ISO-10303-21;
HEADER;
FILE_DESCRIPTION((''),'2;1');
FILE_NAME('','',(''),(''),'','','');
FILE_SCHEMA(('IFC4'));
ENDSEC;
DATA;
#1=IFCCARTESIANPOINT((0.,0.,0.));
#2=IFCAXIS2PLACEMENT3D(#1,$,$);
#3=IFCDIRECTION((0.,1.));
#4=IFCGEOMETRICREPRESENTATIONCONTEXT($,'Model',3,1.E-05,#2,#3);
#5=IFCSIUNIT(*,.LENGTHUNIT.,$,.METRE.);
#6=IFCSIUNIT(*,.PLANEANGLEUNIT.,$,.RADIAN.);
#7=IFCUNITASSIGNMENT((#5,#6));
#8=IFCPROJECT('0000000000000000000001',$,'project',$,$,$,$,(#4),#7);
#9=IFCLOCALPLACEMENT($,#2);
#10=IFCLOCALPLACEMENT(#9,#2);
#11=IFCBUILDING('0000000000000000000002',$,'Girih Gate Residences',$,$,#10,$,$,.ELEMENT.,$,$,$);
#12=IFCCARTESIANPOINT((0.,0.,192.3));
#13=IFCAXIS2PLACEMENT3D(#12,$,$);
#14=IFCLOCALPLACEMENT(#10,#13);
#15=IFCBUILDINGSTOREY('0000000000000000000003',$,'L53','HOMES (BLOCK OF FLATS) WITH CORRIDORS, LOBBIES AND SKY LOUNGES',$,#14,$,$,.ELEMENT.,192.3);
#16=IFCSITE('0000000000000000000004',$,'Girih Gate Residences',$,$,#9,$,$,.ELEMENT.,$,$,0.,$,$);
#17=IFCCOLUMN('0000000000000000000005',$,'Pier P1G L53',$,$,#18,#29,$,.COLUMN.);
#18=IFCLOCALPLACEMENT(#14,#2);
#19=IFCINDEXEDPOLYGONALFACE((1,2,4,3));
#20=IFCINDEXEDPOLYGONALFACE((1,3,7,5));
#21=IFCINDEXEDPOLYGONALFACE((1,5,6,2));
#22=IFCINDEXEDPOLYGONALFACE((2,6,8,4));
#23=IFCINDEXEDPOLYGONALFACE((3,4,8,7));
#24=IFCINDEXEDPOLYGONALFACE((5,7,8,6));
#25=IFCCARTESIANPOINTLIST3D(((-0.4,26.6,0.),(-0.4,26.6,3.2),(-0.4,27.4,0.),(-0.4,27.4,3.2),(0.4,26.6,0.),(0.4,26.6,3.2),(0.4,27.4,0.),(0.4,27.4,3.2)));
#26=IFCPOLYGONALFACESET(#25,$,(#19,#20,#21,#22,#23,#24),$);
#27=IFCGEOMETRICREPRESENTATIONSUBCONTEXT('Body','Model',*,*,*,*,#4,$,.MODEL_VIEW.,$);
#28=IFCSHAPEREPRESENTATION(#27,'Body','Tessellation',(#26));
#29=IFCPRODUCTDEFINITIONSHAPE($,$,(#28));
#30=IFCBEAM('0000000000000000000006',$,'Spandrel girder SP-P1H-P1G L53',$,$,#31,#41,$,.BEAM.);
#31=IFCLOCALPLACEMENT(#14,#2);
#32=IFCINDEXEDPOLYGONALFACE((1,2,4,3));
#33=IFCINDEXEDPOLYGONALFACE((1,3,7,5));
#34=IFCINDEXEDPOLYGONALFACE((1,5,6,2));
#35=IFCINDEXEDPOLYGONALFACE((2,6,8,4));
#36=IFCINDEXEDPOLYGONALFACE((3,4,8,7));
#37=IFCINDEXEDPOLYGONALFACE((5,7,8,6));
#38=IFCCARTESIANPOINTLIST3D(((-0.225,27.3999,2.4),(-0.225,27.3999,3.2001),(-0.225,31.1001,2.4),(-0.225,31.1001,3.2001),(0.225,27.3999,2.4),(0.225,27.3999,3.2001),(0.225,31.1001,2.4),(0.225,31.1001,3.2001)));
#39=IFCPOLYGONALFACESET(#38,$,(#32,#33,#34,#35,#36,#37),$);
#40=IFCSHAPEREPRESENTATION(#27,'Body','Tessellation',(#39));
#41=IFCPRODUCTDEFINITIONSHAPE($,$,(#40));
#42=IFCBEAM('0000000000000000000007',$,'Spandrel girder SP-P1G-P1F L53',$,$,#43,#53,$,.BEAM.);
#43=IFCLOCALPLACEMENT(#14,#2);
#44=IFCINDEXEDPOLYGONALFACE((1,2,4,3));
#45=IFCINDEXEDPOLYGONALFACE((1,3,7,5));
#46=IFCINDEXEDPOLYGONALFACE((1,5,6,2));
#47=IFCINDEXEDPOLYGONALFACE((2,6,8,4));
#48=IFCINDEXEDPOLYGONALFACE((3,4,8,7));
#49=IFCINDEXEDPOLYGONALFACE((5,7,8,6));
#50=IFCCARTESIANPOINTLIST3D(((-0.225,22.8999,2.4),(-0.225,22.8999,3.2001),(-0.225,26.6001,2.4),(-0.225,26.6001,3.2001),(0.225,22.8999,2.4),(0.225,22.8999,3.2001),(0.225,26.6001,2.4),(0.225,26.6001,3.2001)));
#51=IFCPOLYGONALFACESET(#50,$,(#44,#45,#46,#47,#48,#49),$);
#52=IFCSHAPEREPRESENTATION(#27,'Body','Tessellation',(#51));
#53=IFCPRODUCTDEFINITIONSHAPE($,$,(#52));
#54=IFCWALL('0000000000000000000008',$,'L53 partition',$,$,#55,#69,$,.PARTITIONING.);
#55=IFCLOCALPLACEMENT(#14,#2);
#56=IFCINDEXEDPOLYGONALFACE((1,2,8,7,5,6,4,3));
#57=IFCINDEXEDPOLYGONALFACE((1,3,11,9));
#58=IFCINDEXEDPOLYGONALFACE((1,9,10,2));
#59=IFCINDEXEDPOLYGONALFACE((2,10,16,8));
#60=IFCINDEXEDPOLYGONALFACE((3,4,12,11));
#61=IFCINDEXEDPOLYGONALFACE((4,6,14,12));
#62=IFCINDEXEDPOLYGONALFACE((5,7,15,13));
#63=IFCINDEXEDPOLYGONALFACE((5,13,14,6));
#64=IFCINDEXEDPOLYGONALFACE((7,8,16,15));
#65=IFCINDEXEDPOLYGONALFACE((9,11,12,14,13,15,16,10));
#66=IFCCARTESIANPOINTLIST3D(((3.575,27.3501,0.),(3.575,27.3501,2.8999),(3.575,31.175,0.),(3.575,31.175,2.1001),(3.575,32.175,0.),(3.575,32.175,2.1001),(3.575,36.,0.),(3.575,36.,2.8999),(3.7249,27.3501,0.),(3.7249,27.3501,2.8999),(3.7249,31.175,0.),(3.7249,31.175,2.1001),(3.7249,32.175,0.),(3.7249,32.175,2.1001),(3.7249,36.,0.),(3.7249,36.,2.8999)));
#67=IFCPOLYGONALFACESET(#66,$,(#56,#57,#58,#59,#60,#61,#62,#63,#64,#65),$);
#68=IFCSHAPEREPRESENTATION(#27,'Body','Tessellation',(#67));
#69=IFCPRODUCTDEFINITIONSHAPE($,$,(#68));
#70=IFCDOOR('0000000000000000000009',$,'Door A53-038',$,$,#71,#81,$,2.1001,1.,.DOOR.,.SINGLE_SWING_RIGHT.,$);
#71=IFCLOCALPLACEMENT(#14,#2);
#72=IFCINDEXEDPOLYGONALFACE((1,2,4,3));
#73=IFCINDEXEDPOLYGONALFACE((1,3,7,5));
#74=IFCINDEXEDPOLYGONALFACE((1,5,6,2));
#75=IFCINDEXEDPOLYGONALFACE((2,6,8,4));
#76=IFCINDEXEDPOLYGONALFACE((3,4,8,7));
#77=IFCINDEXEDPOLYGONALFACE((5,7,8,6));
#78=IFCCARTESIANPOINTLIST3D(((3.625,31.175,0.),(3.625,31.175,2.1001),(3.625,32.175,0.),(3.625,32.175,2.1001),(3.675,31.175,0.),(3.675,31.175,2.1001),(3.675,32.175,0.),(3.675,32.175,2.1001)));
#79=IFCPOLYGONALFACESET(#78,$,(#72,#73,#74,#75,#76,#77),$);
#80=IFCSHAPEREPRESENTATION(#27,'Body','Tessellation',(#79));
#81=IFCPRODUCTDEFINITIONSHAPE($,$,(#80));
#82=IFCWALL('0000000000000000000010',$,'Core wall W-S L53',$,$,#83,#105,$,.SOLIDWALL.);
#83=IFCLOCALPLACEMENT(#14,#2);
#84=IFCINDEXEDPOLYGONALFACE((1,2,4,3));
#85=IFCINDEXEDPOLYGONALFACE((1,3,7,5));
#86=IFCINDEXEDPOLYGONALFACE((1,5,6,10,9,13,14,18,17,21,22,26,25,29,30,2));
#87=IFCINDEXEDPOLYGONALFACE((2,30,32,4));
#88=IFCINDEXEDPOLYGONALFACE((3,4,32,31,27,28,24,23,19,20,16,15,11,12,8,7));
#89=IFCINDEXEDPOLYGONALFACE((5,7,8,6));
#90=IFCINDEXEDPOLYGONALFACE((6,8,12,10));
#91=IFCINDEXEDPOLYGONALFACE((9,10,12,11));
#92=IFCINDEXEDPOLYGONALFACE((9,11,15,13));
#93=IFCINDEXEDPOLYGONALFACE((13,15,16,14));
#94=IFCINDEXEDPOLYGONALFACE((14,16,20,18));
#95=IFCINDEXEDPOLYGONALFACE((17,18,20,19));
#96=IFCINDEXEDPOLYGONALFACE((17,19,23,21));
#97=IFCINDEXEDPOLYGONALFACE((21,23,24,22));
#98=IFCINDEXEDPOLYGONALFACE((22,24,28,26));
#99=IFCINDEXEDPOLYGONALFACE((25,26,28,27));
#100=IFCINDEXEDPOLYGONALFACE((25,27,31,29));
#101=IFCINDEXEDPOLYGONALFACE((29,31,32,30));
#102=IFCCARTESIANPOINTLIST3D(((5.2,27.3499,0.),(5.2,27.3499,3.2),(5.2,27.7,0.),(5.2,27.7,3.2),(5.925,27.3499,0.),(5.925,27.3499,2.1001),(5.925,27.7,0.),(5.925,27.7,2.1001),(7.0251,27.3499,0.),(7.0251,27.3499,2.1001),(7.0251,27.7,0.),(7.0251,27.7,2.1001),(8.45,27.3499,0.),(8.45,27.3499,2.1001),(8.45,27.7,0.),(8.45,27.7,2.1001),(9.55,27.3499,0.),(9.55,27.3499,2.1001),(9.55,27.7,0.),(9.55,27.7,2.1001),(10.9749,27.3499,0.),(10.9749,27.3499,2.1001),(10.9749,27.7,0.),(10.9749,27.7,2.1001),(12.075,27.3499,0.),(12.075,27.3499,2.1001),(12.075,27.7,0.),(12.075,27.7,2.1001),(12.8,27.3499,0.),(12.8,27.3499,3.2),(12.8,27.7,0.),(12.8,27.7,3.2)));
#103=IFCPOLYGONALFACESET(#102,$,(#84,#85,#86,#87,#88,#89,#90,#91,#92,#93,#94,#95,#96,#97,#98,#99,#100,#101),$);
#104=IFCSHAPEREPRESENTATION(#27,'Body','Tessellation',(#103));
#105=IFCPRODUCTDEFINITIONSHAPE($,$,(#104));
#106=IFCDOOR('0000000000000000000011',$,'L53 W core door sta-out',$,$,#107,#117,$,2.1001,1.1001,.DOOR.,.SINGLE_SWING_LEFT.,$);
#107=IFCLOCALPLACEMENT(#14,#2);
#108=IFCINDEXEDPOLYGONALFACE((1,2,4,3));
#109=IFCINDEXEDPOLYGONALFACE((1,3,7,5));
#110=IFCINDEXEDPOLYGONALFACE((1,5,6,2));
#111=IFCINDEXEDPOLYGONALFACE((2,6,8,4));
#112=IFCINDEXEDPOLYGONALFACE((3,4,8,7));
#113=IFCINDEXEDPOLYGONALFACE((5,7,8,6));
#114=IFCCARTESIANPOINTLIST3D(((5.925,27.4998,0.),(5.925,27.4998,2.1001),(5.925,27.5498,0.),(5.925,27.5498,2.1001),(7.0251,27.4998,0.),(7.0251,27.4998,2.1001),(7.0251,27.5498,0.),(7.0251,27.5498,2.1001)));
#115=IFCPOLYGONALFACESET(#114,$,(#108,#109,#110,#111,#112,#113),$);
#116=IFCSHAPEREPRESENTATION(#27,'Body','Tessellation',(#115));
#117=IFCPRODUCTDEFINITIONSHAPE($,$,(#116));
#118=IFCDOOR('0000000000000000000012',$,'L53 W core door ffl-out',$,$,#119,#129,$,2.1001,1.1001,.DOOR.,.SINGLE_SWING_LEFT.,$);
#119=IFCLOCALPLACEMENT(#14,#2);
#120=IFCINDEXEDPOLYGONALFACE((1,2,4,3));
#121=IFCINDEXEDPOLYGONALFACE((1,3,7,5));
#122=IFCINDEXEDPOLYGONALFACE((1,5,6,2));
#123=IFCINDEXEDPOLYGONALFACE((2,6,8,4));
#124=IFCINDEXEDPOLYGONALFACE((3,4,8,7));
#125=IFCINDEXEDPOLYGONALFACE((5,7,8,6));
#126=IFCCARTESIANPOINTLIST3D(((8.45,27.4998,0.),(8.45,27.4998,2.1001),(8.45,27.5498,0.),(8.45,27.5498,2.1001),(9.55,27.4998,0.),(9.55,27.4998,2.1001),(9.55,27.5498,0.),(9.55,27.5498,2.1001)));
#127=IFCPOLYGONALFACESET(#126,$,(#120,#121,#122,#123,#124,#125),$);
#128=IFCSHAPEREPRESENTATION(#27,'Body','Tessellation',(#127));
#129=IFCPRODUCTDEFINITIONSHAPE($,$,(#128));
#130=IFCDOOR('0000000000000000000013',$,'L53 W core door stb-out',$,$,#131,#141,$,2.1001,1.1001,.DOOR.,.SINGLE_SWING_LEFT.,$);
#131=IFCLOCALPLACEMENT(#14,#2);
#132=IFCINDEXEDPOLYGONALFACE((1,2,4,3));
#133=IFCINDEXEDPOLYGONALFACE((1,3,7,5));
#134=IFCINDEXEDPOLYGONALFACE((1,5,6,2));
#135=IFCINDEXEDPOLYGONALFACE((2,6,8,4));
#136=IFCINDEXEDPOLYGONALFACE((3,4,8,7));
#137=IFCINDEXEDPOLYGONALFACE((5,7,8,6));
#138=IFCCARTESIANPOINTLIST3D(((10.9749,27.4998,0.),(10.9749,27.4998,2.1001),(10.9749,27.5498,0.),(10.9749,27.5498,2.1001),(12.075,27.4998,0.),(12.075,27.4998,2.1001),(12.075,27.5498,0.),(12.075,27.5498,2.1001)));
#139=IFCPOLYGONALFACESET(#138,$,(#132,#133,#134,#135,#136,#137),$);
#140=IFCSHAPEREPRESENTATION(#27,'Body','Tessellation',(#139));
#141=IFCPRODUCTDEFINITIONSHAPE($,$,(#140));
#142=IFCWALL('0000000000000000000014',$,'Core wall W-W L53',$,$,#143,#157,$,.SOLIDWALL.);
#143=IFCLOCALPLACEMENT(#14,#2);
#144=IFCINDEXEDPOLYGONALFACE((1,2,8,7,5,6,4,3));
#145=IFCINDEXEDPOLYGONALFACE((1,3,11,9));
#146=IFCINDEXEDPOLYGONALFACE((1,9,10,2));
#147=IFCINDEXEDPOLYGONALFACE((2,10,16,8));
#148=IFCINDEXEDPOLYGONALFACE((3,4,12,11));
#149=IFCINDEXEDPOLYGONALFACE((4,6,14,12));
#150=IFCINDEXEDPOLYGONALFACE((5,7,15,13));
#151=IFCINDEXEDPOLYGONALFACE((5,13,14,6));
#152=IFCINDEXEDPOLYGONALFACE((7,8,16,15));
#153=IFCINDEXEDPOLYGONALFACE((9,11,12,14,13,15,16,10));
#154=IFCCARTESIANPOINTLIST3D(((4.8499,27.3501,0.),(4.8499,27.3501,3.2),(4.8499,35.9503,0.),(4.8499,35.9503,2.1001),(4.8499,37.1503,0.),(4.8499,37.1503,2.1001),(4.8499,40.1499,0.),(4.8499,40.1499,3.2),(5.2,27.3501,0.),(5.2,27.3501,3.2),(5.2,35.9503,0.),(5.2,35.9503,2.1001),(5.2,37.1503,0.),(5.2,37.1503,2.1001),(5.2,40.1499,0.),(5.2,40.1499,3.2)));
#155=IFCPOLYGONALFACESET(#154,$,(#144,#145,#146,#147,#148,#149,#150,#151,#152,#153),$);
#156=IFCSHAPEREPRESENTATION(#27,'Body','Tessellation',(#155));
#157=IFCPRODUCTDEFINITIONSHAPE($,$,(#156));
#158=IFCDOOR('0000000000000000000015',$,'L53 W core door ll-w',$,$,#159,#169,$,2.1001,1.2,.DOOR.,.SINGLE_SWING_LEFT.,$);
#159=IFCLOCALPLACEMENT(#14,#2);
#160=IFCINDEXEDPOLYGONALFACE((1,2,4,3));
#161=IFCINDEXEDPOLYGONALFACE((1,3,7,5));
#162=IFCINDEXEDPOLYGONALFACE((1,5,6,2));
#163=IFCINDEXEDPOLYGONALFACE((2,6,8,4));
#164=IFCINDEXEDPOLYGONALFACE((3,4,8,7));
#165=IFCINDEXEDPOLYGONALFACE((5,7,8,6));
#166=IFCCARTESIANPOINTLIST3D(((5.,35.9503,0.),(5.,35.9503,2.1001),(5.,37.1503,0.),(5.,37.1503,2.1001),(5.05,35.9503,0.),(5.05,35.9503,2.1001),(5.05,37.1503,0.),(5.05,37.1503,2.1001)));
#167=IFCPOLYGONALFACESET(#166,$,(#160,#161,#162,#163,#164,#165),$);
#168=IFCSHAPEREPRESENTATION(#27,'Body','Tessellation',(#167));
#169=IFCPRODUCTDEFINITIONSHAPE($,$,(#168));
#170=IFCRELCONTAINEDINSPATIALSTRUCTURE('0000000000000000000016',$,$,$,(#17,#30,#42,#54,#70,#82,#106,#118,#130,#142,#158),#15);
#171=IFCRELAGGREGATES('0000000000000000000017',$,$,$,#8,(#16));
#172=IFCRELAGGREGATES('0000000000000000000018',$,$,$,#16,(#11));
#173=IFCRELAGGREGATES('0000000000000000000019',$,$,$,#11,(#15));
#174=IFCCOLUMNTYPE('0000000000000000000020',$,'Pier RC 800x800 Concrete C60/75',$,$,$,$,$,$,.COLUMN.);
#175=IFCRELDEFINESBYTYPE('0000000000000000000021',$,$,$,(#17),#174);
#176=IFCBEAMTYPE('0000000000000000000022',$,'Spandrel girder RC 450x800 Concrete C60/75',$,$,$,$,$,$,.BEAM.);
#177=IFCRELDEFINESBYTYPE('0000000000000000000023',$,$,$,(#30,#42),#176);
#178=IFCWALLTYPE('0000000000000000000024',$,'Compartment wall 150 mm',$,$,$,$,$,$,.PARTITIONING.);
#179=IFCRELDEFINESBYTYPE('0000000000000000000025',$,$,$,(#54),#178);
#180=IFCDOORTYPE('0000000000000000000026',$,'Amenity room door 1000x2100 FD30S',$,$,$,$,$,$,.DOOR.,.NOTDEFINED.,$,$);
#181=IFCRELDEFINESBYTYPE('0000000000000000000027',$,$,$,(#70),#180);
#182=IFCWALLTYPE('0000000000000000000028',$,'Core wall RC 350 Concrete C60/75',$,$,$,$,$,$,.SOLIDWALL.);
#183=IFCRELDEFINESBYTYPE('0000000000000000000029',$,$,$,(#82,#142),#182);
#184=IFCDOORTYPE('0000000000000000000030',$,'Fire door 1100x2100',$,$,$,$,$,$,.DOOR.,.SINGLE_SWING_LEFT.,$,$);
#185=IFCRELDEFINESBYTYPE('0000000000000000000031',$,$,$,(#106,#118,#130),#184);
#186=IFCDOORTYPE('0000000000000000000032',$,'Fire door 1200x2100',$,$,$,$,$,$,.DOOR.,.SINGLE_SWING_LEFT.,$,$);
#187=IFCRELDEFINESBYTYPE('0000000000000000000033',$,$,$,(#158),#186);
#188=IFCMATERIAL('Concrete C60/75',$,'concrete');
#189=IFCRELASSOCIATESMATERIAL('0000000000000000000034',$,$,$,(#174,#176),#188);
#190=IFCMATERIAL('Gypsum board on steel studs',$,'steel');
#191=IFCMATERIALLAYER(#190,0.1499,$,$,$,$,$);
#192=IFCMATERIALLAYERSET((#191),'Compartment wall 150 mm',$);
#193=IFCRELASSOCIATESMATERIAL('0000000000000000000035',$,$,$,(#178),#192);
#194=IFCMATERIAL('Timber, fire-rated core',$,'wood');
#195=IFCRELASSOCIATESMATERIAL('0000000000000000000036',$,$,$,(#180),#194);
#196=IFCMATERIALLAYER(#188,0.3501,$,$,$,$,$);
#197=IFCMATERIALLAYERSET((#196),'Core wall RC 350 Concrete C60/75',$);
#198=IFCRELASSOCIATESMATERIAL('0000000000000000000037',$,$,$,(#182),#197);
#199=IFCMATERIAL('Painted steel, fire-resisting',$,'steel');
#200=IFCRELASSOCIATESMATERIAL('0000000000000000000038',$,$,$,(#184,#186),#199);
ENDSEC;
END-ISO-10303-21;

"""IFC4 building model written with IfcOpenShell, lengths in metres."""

from ifc_helpers import new_model, si_unit, direction, frame, frame_2d, origin, origin_2d, place, context, subcontext, project, spatial, rectangle, extrude, material, layer, layer_set, material_profile, profile_set, type_object, element, fill, save


model = new_model("IFC4")

# Units and contexts
model_context = context("Model", 3, precision=1e-05, world=origin(), true_north=direction((0.0, 1.0)))
body_context = subcontext(model_context, "Body", "Model", "MODEL_VIEW")
ifc_project = project(units=[si_unit("LENGTHUNIT", "METRE"), si_unit("PLANEANGLEUNIT", "RADIAN")], contexts=[model_context])

# Site, building, storey
site_placement = place(None, origin())
site = spatial("IfcSite", under=ifc_project, at=site_placement, Name="Girih Gate Residences", CompositionType="ELEMENT", RefElevation=0.0)
building_placement = place(site_placement, origin())
building = spatial("IfcBuilding", under=site, at=building_placement, Name="Girih Gate Residences", CompositionType="ELEMENT")
storey_placement = place(building_placement, frame((0.0, 0.0, 192.3)))
storey = spatial("IfcBuildingStorey", under=building, at=storey_placement, Name="L53", Description="HOMES (BLOCK OF FLATS) WITH CORRIDORS, LOBBIES AND SKY LOUNGES", CompositionType="ELEMENT", Elevation=192.3)

# Column
ifc_material_1 = material(Name="Concrete C60/75", Category="concrete")
ifc_material_profile_1 = material_profile(ifc_material_1, rectangle(XDim=0.8, YDim=0.8, at=origin_2d()))
ifc_profile_set_1 = profile_set([ifc_material_profile_1], Name="Concrete C60/75")
column_type = type_object("IfcColumnType", Name="Pier RC 800x800 Concrete C60/75", PredefinedType="COLUMN", material=ifc_profile_set_1)
column_placement = place(storey_placement, frame((0.0, 27.0, 0.0), z_axis=(0.0, 0.0, 1.0), x_axis=(1.0, 0.0, 0.0)))
element("IfcColumn", 1, at=column_placement, inside=storey, type_object=column_type, Name="Pier P1G L53", PredefinedType="COLUMN", context=body_context, shape_type="SweptSolid", body=[
    extrude(rectangle(XDim=0.8, YDim=0.8, at=origin_2d()), origin(), (0.0, 0.0, 1.0), 3.2),
])

# Beams
ifc_material_profile_2 = material_profile(ifc_material_1, rectangle(XDim=0.45, YDim=0.8, at=origin_2d()))
ifc_profile_set_2 = profile_set([ifc_material_profile_2], Name="Concrete C60/75")
beam_type = type_object("IfcBeamType", Name="Spandrel girder RC 450x800 Concrete C60/75", PredefinedType="BEAM", material=ifc_profile_set_2)
for number, where, z_axis, x_axis, name in (
    (2, (0.0, 31.1001, 2.8), (0.0, -1.0, 0.0), (1.0, 0.0, 0.0), "Spandrel girder SP-P1H-P1G L53"),
    (3, (0.0, 26.6001, 2.8), (0.0, -1.0, 0.0), (1.0, 0.0, 0.0), "Spandrel girder SP-P1G-P1F L53"),
):
    element("IfcBeam", number, at=place(storey_placement, frame(where, z_axis=z_axis, x_axis=x_axis)), inside=storey, type_object=beam_type, Name=name, PredefinedType="BEAM", context=body_context, shape_type="SweptSolid", body=[
        extrude(rectangle(XDim=0.45, YDim=0.8, at=origin_2d()), origin(), (0.0, 0.0, 1.0), 3.7002),
    ])

# Wall, opening, door
ifc_material_2 = material(Name="Gypsum board on steel studs", Category="steel")
ifc_layer_1 = layer(ifc_material_2, 0.1499)
ifc_layer_set_1 = layer_set([ifc_layer_1], Name="Compartment wall 150 mm")
wall_type_1 = type_object("IfcWallType", Name="Compartment wall 150 mm", PredefinedType="PARTITIONING", material=ifc_layer_set_1)
wall_1_placement = place(storey_placement, frame((3.6499, 27.3501, 0.0), z_axis=(0.0, 0.0, 1.0), x_axis=(0.0, 1.0, 0.0)))
wall_1 = element("IfcWall", 4, at=wall_1_placement, inside=storey, type_object=wall_type_1, Name="L53 partition", PredefinedType="PARTITIONING", context=body_context, shape_type="SweptSolid", body=[
    extrude(rectangle(XDim=8.6499, YDim=0.1499, at=frame_2d((4.325, 0.0))), origin(), (0.0, 0.0, 1.0), 2.8999),
])
opening_1_placement = place(wall_1_placement, frame((3.825, 0.0, 0.0)))
opening_1 = element("IfcOpeningElement", 5, at=opening_1_placement, cuts=wall_1, PredefinedType="OPENING", context=body_context, shape_type="SweptSolid", body=[
    extrude(rectangle(XDim=1.0, YDim=2.1001, at=frame_2d((0.5, 1.05))), frame((0.0, 0.085, 0.0), z_axis=(0.0, -1.0, 0.0), x_axis=(1.0, 0.0, 0.0)), (0.0, 0.0, 1.0), 0.1699),
])
ifc_material_3 = material(Name="Timber, fire-rated core", Category="wood")
door_type_1 = type_object("IfcDoorType", Name="Amenity room door 1000x2100 FD30S", OperationType="NOTDEFINED", PredefinedType="DOOR", material=ifc_material_3)
door_1_placement = place(opening_1_placement, origin())
door_1 = element("IfcDoor", 6, at=door_1_placement, inside=storey, type_object=door_type_1, Name="Door A53-038", OperationType="SINGLE_SWING_RIGHT", OverallHeight=2.1001, OverallWidth=1.0, PredefinedType="DOOR", context=body_context, shape_type="SweptSolid", body=[
    extrude(rectangle(XDim=1.0, YDim=2.1001, at=frame_2d((0.5, 1.05))), frame((0.0, 0.0249, 0.0), z_axis=(0.0, -1.0, 0.0), x_axis=(1.0, 0.0, 0.0)), (0.0, 0.0, 1.0), 0.05),
])
fill(opening_1, door_1)

# Wall, openings, doors
ifc_layer_2 = layer(ifc_material_1, 0.3501)
ifc_layer_set_2 = layer_set([ifc_layer_2], Name="Core wall RC 350 Concrete C60/75")
wall_type_2 = type_object("IfcWallType", Name="Core wall RC 350 Concrete C60/75", PredefinedType="SOLIDWALL", material=ifc_layer_set_2)
wall_2_placement = place(storey_placement, frame((5.2, 27.5249, 0.0), z_axis=(0.0, 0.0, 1.0), x_axis=(1.0, 0.0, 0.0)))
wall_2 = element("IfcWall", 7, at=wall_2_placement, inside=storey, type_object=wall_type_2, Name="Core wall W-S L53", PredefinedType="SOLIDWALL", context=body_context, shape_type="SweptSolid", body=[
    extrude(rectangle(XDim=7.6001, YDim=0.3501, at=frame_2d((3.8, 0.0))), origin(), (0.0, 0.0, 1.0), 3.2),
])
opening_2_placement = place(wall_2_placement, frame((0.7251, 0.0, 0.0)))
opening_2 = element("IfcOpeningElement", 8, at=opening_2_placement, cuts=wall_2, PredefinedType="OPENING", context=body_context, shape_type="SweptSolid", body=[
    extrude(rectangle(XDim=1.1001, YDim=2.1001, at=frame_2d((0.55, 1.05))), frame((0.0, 0.1851, 0.0), z_axis=(0.0, -1.0, 0.0), x_axis=(1.0, 0.0, 0.0)), (0.0, 0.0, 1.0), 0.3701),
])
opening_3_placement = place(wall_2_placement, frame((3.25, 0.0, 0.0)))
opening_3 = element("IfcOpeningElement", 9, at=opening_3_placement, cuts=wall_2, PredefinedType="OPENING", context=body_context, shape_type="SweptSolid", body=[
    extrude(rectangle(XDim=1.1001, YDim=2.1001, at=frame_2d((0.55, 1.05))), frame((0.0, 0.1851, 0.0), z_axis=(0.0, -1.0, 0.0), x_axis=(1.0, 0.0, 0.0)), (0.0, 0.0, 1.0), 0.3701),
])
opening_4_placement = place(wall_2_placement, frame((5.7749, 0.0, 0.0)))
opening_4 = element("IfcOpeningElement", 10, at=opening_4_placement, cuts=wall_2, PredefinedType="OPENING", context=body_context, shape_type="SweptSolid", body=[
    extrude(rectangle(XDim=1.1001, YDim=2.1001, at=frame_2d((0.55, 1.05))), frame((0.0, 0.1851, 0.0), z_axis=(0.0, -1.0, 0.0), x_axis=(1.0, 0.0, 0.0)), (0.0, 0.0, 1.0), 0.3701),
])
ifc_material_4 = material(Name="Painted steel, fire-resisting", Category="steel")
door_type_2 = type_object("IfcDoorType", Name="Fire door 1100x2100", OperationType="SINGLE_SWING_LEFT", PredefinedType="DOOR", material=ifc_material_4)
door_2_placement = place(opening_2_placement, origin())
door_2 = element("IfcDoor", 11, at=door_2_placement, inside=storey, type_object=door_type_2, Name="L53 W core door sta-out", OperationType="SINGLE_SWING_LEFT", OverallHeight=2.1001, OverallWidth=1.1001, PredefinedType="DOOR", context=body_context, shape_type="SweptSolid", body=[
    extrude(rectangle(XDim=1.1001, YDim=2.1001, at=frame_2d((0.55, 1.05))), frame((0.0, 0.0249, 0.0), z_axis=(0.0, -1.0, 0.0), x_axis=(1.0, 0.0, 0.0)), (0.0, 0.0, 1.0), 0.05),
])
fill(opening_2, door_2)
door_3_placement = place(opening_3_placement, origin())
door_3 = element("IfcDoor", 12, at=door_3_placement, inside=storey, type_object=door_type_2, Name="L53 W core door ffl-out", OperationType="SINGLE_SWING_LEFT", OverallHeight=2.1001, OverallWidth=1.1001, PredefinedType="DOOR", context=body_context, shape_type="SweptSolid", body=[
    extrude(rectangle(XDim=1.1001, YDim=2.1001, at=frame_2d((0.55, 1.05))), frame((0.0, 0.0249, 0.0), z_axis=(0.0, -1.0, 0.0), x_axis=(1.0, 0.0, 0.0)), (0.0, 0.0, 1.0), 0.05),
])
fill(opening_3, door_3)
door_4_placement = place(opening_4_placement, origin())
door_4 = element("IfcDoor", 13, at=door_4_placement, inside=storey, type_object=door_type_2, Name="L53 W core door stb-out", OperationType="SINGLE_SWING_LEFT", OverallHeight=2.1001, OverallWidth=1.1001, PredefinedType="DOOR", context=body_context, shape_type="SweptSolid", body=[
    extrude(rectangle(XDim=1.1001, YDim=2.1001, at=frame_2d((0.55, 1.05))), frame((0.0, 0.0249, 0.0), z_axis=(0.0, -1.0, 0.0), x_axis=(1.0, 0.0, 0.0)), (0.0, 0.0, 1.0), 0.05),
])
fill(opening_4, door_4)

# Wall, opening, door
wall_3_placement = place(storey_placement, frame((5.0249, 27.3501, 0.0), z_axis=(0.0, 0.0, 1.0), x_axis=(0.0, 1.0, 0.0)))
wall_3 = element("IfcWall", 14, at=wall_3_placement, inside=storey, type_object=wall_type_2, Name="Core wall W-W L53", PredefinedType="SOLIDWALL", context=body_context, shape_type="SweptSolid", body=[
    extrude(rectangle(XDim=12.7998, YDim=0.3501, at=frame_2d((6.3999, 0.0))), origin(), (0.0, 0.0, 1.0), 3.2),
])
opening_5_placement = place(wall_3_placement, frame((8.6001, 0.0, 0.0)))
opening_5 = element("IfcOpeningElement", 15, at=opening_5_placement, cuts=wall_3, PredefinedType="OPENING", context=body_context, shape_type="SweptSolid", body=[
    extrude(rectangle(XDim=1.2, YDim=2.1001, at=frame_2d((0.6001, 1.05))), frame((0.0, 0.1851, 0.0), z_axis=(0.0, -1.0, 0.0), x_axis=(1.0, 0.0, 0.0)), (0.0, 0.0, 1.0), 0.3701),
])
door_type_3 = type_object("IfcDoorType", Name="Fire door 1200x2100", OperationType="SINGLE_SWING_LEFT", PredefinedType="DOOR", material=ifc_material_4)
door_5_placement = place(opening_5_placement, origin())
door_5 = element("IfcDoor", 16, at=door_5_placement, inside=storey, type_object=door_type_3, Name="L53 W core door ll-w", OperationType="SINGLE_SWING_LEFT", OverallHeight=2.1001, OverallWidth=1.2, PredefinedType="DOOR", context=body_context, shape_type="SweptSolid", body=[
    extrude(rectangle(XDim=1.2, YDim=2.1001, at=frame_2d((0.6001, 1.05))), frame((0.0, 0.0249, 0.0), z_axis=(0.0, -1.0, 0.0), x_axis=(1.0, 0.0, 0.0)), (0.0, 0.0, 1.0), 0.05),
])
fill(opening_5, door_5)

save(model, "model.ifc")
